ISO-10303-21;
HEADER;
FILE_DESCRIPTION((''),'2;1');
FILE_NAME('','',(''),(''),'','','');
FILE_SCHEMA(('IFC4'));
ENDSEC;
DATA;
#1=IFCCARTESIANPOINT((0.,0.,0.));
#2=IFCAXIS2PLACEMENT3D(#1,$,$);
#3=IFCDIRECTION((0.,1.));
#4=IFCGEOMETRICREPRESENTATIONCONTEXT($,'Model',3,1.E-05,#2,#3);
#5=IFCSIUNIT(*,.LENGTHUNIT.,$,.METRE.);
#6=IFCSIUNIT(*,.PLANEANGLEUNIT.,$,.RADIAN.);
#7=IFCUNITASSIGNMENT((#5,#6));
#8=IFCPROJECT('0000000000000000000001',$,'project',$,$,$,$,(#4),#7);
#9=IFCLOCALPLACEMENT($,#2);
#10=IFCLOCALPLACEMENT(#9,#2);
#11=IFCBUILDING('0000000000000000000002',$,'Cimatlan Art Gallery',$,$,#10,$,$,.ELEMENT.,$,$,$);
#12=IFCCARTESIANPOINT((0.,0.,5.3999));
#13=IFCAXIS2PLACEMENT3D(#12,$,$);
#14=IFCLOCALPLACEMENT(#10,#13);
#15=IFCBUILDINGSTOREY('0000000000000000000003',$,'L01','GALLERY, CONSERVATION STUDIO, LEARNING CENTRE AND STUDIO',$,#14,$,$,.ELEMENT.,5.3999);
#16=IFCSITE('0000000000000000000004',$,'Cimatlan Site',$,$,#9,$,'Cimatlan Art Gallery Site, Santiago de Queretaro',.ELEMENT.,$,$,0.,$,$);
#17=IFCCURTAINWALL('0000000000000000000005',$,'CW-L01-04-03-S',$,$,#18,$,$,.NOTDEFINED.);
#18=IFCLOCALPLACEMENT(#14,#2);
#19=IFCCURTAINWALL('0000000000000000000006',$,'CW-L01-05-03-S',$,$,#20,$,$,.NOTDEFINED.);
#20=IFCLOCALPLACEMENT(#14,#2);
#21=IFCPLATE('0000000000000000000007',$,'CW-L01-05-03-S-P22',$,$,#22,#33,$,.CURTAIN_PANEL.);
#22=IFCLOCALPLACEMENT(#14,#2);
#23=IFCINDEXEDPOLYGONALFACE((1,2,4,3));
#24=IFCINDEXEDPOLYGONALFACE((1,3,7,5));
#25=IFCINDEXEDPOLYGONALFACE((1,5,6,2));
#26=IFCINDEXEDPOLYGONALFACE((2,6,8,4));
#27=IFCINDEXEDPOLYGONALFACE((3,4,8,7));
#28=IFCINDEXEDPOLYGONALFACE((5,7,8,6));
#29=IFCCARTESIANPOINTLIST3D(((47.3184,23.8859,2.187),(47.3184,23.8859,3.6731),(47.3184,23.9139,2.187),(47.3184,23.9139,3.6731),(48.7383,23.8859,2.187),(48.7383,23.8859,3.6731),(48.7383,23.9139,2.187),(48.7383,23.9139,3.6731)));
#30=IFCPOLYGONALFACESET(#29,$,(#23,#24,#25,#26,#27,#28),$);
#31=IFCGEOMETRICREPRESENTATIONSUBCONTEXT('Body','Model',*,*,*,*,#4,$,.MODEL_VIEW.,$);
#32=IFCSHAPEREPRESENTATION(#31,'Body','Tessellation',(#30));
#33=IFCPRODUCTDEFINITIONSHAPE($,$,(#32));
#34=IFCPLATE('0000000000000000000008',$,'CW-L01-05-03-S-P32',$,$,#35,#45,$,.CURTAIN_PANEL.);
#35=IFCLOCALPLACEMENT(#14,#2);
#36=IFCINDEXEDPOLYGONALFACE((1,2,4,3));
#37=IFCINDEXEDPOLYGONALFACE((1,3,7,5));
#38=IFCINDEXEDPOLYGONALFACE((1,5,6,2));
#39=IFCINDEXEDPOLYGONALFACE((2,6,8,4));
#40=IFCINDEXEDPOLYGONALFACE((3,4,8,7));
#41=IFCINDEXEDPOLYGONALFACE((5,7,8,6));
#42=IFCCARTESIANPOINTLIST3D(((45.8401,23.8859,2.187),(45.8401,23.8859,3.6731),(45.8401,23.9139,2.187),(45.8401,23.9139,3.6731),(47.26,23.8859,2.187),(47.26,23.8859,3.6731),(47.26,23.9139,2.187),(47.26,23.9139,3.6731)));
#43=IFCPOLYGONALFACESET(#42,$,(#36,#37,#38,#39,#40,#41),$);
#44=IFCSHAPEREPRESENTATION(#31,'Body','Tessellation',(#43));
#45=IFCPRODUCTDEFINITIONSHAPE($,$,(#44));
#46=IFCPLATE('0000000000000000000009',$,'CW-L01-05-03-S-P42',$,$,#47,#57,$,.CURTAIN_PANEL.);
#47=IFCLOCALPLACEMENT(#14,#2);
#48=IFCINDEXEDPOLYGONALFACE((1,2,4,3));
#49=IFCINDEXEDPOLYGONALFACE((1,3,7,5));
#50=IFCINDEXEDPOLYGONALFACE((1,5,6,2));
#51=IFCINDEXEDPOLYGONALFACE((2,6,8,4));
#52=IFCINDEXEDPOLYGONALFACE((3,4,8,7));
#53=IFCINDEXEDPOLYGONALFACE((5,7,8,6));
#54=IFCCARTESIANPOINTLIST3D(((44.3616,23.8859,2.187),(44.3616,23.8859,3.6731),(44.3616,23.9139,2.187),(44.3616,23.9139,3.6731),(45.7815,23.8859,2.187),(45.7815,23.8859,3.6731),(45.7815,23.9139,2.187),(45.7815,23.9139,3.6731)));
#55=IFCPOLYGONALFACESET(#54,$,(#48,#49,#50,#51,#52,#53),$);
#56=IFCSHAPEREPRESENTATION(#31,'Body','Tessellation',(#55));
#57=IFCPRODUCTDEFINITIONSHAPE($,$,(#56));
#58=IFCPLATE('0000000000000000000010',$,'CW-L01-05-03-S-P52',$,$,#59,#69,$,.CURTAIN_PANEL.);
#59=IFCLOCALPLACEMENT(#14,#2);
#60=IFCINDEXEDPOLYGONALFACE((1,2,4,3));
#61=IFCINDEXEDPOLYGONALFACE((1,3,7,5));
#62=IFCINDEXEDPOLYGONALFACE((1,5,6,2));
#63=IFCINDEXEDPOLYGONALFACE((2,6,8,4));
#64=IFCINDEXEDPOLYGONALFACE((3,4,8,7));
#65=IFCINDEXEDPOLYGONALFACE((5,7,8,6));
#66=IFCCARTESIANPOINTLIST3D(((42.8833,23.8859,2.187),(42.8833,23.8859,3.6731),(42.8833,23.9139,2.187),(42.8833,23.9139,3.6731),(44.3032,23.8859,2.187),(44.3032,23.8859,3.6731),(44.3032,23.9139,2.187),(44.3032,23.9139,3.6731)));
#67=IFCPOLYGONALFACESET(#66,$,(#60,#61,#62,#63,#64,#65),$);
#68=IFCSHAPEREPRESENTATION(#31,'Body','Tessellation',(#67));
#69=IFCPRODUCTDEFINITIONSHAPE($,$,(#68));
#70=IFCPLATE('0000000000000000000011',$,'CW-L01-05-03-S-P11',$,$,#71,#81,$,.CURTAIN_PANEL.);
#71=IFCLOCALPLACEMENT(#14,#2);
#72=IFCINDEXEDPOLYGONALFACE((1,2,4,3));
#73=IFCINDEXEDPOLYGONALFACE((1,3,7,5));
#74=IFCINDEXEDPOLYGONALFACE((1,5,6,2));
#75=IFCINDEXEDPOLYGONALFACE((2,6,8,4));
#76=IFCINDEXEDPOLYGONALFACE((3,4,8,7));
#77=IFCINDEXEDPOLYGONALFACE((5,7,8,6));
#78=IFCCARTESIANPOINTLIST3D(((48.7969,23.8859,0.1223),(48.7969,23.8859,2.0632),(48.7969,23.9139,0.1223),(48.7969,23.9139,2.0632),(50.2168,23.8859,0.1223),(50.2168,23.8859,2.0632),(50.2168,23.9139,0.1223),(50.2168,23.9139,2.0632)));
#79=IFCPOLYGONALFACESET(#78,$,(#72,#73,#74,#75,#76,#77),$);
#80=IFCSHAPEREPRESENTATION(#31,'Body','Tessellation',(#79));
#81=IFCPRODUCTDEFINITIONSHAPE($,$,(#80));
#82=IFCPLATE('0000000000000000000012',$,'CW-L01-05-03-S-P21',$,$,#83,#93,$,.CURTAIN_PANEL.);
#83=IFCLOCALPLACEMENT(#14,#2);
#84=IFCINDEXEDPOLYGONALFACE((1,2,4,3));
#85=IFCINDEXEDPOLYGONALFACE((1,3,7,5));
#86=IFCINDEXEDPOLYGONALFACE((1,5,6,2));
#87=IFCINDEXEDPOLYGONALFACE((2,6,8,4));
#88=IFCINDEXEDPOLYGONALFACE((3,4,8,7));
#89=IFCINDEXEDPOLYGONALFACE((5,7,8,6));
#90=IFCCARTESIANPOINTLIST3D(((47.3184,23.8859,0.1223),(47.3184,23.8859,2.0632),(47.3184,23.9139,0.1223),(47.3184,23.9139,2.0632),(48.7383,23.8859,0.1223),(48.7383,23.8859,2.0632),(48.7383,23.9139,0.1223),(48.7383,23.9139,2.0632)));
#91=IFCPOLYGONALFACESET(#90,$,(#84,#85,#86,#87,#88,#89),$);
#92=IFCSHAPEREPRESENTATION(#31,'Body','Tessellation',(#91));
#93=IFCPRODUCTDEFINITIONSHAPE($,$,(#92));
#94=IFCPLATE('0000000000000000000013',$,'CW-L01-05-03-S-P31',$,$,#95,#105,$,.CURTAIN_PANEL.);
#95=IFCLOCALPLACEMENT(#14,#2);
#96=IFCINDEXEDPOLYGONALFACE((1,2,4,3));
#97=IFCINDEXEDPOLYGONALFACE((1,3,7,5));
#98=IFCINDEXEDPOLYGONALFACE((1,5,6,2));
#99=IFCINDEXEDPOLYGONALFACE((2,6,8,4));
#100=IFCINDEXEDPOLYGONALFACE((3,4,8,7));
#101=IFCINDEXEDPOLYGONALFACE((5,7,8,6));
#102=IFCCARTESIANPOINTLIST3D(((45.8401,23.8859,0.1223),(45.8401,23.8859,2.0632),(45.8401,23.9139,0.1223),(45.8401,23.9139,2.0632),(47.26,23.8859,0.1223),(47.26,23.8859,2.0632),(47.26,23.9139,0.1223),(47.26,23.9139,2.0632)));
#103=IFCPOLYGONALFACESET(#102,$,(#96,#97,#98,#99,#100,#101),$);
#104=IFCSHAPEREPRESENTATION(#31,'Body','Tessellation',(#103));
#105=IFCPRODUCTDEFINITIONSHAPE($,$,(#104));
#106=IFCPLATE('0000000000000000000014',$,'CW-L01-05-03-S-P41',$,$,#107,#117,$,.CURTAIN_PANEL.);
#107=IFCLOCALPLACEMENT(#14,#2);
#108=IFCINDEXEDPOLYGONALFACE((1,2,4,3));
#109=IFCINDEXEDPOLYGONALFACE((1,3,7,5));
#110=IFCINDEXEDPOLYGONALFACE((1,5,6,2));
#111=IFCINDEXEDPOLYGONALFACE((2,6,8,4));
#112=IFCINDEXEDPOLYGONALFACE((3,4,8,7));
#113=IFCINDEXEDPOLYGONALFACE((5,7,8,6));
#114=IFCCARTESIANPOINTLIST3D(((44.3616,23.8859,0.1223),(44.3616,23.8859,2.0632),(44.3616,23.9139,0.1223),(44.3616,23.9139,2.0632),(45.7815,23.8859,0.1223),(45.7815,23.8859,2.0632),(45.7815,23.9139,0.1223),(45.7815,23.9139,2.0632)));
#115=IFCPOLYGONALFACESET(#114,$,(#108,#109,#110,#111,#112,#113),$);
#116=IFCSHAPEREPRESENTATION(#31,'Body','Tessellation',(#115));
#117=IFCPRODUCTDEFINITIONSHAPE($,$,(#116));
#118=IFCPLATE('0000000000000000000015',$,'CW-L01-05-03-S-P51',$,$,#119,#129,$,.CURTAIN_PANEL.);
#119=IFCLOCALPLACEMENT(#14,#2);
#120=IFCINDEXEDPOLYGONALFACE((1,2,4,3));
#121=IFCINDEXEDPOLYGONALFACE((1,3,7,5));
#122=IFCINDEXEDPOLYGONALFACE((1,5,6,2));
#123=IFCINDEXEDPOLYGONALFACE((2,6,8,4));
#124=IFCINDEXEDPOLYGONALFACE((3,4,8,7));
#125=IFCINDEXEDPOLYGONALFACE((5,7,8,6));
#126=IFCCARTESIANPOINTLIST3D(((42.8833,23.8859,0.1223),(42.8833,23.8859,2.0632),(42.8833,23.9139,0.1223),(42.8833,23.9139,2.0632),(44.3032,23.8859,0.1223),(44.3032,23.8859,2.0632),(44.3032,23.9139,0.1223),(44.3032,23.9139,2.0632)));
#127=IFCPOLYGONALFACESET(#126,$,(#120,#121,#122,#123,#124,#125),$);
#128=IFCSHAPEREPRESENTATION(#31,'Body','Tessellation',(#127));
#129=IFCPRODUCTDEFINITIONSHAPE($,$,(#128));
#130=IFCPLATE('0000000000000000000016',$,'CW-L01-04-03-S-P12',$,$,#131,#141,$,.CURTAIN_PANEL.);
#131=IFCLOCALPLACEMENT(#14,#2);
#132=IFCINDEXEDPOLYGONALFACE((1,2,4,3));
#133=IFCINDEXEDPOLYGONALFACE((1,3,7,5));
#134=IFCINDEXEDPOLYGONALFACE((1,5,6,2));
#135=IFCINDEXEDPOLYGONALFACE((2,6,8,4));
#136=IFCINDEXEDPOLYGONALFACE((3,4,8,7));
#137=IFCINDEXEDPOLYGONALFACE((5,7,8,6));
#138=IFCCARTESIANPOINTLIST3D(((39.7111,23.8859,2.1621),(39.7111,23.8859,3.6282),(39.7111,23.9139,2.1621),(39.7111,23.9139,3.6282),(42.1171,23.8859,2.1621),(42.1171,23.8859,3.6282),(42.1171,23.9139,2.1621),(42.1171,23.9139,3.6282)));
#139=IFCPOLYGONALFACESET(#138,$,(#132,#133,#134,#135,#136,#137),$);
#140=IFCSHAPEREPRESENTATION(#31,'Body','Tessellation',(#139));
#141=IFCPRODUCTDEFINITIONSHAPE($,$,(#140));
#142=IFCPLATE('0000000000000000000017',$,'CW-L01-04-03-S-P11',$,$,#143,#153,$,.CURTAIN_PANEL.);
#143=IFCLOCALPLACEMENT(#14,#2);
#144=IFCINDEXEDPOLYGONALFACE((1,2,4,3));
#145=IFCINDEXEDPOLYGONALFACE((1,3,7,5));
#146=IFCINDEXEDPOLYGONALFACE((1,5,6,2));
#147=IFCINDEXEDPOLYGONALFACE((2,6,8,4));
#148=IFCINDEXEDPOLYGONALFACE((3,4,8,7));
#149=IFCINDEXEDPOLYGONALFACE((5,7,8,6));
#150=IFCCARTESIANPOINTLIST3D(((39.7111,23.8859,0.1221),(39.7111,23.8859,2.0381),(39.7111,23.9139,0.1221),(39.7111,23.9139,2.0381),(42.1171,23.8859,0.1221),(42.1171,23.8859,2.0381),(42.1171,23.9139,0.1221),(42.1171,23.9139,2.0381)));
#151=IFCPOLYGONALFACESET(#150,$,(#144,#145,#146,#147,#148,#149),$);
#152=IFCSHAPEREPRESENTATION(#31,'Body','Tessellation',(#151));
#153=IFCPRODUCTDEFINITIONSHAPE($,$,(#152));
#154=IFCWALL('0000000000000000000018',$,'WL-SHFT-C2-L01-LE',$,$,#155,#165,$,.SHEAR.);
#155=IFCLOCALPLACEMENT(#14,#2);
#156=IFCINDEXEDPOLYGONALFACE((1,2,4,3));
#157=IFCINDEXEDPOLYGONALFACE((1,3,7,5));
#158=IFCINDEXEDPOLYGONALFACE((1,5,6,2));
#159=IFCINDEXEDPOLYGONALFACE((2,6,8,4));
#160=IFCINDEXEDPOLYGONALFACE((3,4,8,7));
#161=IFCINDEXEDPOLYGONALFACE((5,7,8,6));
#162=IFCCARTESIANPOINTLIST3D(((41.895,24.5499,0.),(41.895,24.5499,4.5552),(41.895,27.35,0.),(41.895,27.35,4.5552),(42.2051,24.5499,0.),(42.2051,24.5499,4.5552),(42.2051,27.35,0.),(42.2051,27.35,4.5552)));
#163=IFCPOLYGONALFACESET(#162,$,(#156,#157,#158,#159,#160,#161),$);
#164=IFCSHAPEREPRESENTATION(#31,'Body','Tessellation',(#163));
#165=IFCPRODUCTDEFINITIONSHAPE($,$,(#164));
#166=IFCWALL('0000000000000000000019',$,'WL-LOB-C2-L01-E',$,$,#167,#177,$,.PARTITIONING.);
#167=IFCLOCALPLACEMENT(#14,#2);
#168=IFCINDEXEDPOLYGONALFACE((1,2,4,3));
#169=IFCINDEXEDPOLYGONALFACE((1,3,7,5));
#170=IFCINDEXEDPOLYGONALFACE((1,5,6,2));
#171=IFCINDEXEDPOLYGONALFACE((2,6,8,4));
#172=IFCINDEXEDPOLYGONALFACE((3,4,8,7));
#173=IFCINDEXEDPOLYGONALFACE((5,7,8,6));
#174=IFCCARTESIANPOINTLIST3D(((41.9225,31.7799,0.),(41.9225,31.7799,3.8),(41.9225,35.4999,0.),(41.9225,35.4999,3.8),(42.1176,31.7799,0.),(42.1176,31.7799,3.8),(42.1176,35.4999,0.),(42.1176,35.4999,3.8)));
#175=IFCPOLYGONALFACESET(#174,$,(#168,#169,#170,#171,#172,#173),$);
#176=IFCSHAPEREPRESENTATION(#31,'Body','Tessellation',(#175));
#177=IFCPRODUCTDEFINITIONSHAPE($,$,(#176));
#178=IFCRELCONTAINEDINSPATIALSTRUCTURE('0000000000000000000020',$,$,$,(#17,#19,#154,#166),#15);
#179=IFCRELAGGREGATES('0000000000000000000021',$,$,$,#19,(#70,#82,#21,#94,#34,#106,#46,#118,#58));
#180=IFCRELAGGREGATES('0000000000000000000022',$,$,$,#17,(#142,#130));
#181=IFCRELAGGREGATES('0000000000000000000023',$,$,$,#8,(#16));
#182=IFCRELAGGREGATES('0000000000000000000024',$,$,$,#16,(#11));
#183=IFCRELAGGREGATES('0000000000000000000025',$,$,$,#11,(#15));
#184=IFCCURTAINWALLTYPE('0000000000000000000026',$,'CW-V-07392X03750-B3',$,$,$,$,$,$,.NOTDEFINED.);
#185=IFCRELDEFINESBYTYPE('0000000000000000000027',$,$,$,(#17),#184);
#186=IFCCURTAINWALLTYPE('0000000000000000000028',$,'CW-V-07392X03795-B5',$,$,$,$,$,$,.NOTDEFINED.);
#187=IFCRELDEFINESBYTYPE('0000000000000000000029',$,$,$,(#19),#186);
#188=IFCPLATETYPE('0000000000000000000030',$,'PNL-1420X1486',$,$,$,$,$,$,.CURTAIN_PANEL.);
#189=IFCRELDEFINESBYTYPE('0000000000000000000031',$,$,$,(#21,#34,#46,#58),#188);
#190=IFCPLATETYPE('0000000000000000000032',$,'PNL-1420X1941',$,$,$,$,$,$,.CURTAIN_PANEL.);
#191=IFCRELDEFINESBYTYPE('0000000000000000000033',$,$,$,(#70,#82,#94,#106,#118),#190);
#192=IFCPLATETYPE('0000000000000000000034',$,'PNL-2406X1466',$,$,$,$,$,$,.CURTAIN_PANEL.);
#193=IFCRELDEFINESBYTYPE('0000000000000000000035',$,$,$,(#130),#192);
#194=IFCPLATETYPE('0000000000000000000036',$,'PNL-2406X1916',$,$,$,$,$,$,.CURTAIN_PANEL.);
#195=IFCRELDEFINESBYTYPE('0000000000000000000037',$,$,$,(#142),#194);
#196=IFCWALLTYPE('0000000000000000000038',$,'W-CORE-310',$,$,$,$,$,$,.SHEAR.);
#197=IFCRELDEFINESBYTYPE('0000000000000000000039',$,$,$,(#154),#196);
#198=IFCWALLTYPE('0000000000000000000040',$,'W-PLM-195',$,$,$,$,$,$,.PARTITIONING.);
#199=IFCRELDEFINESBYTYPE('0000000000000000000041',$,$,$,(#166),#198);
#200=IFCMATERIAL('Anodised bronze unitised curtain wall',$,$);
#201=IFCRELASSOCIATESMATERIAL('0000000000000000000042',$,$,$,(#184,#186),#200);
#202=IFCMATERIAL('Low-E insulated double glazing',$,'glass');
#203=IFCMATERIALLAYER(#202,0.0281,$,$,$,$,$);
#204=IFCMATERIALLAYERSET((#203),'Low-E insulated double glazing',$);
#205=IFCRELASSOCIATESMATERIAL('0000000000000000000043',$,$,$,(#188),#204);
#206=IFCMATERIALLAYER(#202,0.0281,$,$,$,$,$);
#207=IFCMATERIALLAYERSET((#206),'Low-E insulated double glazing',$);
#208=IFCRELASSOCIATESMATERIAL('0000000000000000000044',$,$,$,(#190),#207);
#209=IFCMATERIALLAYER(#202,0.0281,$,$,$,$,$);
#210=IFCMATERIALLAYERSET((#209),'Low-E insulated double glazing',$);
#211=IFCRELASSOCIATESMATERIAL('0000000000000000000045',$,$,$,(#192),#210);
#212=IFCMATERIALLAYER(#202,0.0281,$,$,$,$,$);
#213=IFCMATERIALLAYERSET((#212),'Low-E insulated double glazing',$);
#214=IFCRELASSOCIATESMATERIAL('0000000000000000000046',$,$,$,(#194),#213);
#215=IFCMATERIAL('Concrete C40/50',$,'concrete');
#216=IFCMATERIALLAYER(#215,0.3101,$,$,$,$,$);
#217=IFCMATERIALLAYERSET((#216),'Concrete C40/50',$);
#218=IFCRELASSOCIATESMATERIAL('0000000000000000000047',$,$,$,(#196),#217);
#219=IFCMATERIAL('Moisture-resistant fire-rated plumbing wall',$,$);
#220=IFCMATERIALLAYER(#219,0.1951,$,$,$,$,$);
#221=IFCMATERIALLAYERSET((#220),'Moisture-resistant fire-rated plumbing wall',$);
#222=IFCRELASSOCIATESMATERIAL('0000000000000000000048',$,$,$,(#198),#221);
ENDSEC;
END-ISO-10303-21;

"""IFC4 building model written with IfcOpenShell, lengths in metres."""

from ifc_helpers import new_model, si_unit, direction, frame, frame_2d, origin, origin_2d, place, context, subcontext, project, spatial, rectangle, extrude, material, layer, layer_set, type_object, element, aggregate, save


model = new_model("IFC4")

# Units and contexts
model_context = context("Model", 3, precision=1e-05, world=origin(), true_north=direction((0.0, 1.0)))
body_context = subcontext(model_context, "Body", "Model", "MODEL_VIEW")
ifc_project = project(units=[si_unit("LENGTHUNIT", "METRE"), si_unit("PLANEANGLEUNIT", "RADIAN")], contexts=[model_context])

# Site, building, storey
site_placement = place(None, origin())
site = spatial("IfcSite", under=ifc_project, at=site_placement, Name="Cimatlan Site", LongName="Cimatlan Art Gallery Site, Santiago de Queretaro", CompositionType="ELEMENT", RefElevation=0.0)
building_placement = place(site_placement, origin())
building = spatial("IfcBuilding", under=site, at=building_placement, Name="Cimatlan Art Gallery", CompositionType="ELEMENT")
storey_placement = place(building_placement, frame((0.0, 0.0, 5.3999)))
storey = spatial("IfcBuildingStorey", under=building, at=storey_placement, Name="L01", Description="GALLERY, CONSERVATION STUDIO, LEARNING CENTRE AND STUDIO", CompositionType="ELEMENT", Elevation=5.3999)

# Shared definitions
ifc_material_1 = material(Name="Concrete C40/50", Category="concrete")

# Curtain wall
ifc_material_2 = material(Name="Anodised bronze unitised curtain wall")
curtain_wall_type_1 = type_object("IfcCurtainWallType", Name="CW-V-07392X03750-B3", PredefinedType="NOTDEFINED", material=ifc_material_2)
curtain_wall_1_placement = place(storey_placement, origin())
curtain_wall_1 = element("IfcCurtainWall", 1, at=curtain_wall_1_placement, inside=storey, type_object=curtain_wall_type_1, Name="CW-L01-04-03-S", PredefinedType="NOTDEFINED")

# Curtain wall
curtain_wall_type_2 = type_object("IfcCurtainWallType", Name="CW-V-07392X03795-B5", PredefinedType="NOTDEFINED", material=ifc_material_2)
curtain_wall_2_placement = place(storey_placement, origin())
curtain_wall_2 = element("IfcCurtainWall", 2, at=curtain_wall_2_placement, inside=storey, type_object=curtain_wall_type_2, Name="CW-L01-05-03-S", PredefinedType="NOTDEFINED")

# Plates
ifc_material_3 = material(Name="Low-E insulated double glazing", Category="glass")
ifc_layer_1 = layer(ifc_material_3, 0.0281)
ifc_layer_set_1 = layer_set([ifc_layer_1], Name="Low-E insulated double glazing")
plate_type_1 = type_object("IfcPlateType", Name="PNL-1420X1486", PredefinedType="CURTAIN_PANEL", material=ifc_layer_set_1)
plate_1_placement = place(storey_placement, frame((48.0283, 23.8999, 2.187), z_axis=(0.0, 0.0, 1.0), x_axis=(-1.0, 0.0, 0.0)))
plate_1 = element("IfcPlate", 3, at=plate_1_placement, type_object=plate_type_1, Name="CW-L01-05-03-S-P22", PredefinedType="CURTAIN_PANEL", context=body_context, shape_type="SweptSolid", body=[
    extrude(rectangle(XDim=1.4199, YDim=0.0281, at=origin_2d()), origin(), (0.0, 0.0, 1.0), 1.4861),
])
plate_2_placement = place(storey_placement, frame((46.55, 23.8999, 2.187), z_axis=(0.0, 0.0, 1.0), x_axis=(-1.0, 0.0, 0.0)))
plate_2 = element("IfcPlate", 4, at=plate_2_placement, type_object=plate_type_1, Name="CW-L01-05-03-S-P32", PredefinedType="CURTAIN_PANEL", context=body_context, shape_type="SweptSolid", body=[
    extrude(rectangle(XDim=1.4199, YDim=0.0281, at=origin_2d()), origin(), (0.0, 0.0, 1.0), 1.4861),
])
plate_3_placement = place(storey_placement, frame((45.0715, 23.8999, 2.187), z_axis=(0.0, 0.0, 1.0), x_axis=(-1.0, 0.0, 0.0)))
plate_3 = element("IfcPlate", 5, at=plate_3_placement, type_object=plate_type_1, Name="CW-L01-05-03-S-P42", PredefinedType="CURTAIN_PANEL", context=body_context, shape_type="SweptSolid", body=[
    extrude(rectangle(XDim=1.4199, YDim=0.0281, at=origin_2d()), origin(), (0.0, 0.0, 1.0), 1.4861),
])
plate_4_placement = place(storey_placement, frame((43.5933, 23.8999, 2.187), z_axis=(0.0, 0.0, 1.0), x_axis=(-1.0, 0.0, 0.0)))
plate_4 = element("IfcPlate", 6, at=plate_4_placement, type_object=plate_type_1, Name="CW-L01-05-03-S-P52", PredefinedType="CURTAIN_PANEL", context=body_context, shape_type="SweptSolid", body=[
    extrude(rectangle(XDim=1.4199, YDim=0.0281, at=origin_2d()), origin(), (0.0, 0.0, 1.0), 1.4861),
])
ifc_layer_2 = layer(ifc_material_3, 0.0281)
ifc_layer_set_2 = layer_set([ifc_layer_2], Name="Low-E insulated double glazing")
plate_type_2 = type_object("IfcPlateType", Name="PNL-1420X1941", PredefinedType="CURTAIN_PANEL", material=ifc_layer_set_2)
plate_5_placement = place(storey_placement, frame((49.5068, 23.8999, 0.1223), z_axis=(0.0, 0.0, 1.0), x_axis=(-1.0, 0.0, 0.0)))
plate_5 = element("IfcPlate", 7, at=plate_5_placement, type_object=plate_type_2, Name="CW-L01-05-03-S-P11", PredefinedType="CURTAIN_PANEL", context=body_context, shape_type="SweptSolid", body=[
    extrude(rectangle(XDim=1.4199, YDim=0.0281, at=origin_2d()), origin(), (0.0, 0.0, 1.0), 1.9409),
])
plate_6_placement = place(storey_placement, frame((48.0283, 23.8999, 0.1223), z_axis=(0.0, 0.0, 1.0), x_axis=(-1.0, 0.0, 0.0)))
plate_6 = element("IfcPlate", 8, at=plate_6_placement, type_object=plate_type_2, Name="CW-L01-05-03-S-P21", PredefinedType="CURTAIN_PANEL", context=body_context, shape_type="SweptSolid", body=[
    extrude(rectangle(XDim=1.4199, YDim=0.0281, at=origin_2d()), origin(), (0.0, 0.0, 1.0), 1.9409),
])
plate_7_placement = place(storey_placement, frame((46.55, 23.8999, 0.1223), z_axis=(0.0, 0.0, 1.0), x_axis=(-1.0, 0.0, 0.0)))
plate_7 = element("IfcPlate", 9, at=plate_7_placement, type_object=plate_type_2, Name="CW-L01-05-03-S-P31", PredefinedType="CURTAIN_PANEL", context=body_context, shape_type="SweptSolid", body=[
    extrude(rectangle(XDim=1.4199, YDim=0.0281, at=origin_2d()), origin(), (0.0, 0.0, 1.0), 1.9409),
])
plate_8_placement = place(storey_placement, frame((45.0715, 23.8999, 0.1223), z_axis=(0.0, 0.0, 1.0), x_axis=(-1.0, 0.0, 0.0)))
plate_8 = element("IfcPlate", 10, at=plate_8_placement, type_object=plate_type_2, Name="CW-L01-05-03-S-P41", PredefinedType="CURTAIN_PANEL", context=body_context, shape_type="SweptSolid", body=[
    extrude(rectangle(XDim=1.4199, YDim=0.0281, at=origin_2d()), origin(), (0.0, 0.0, 1.0), 1.9409),
])
plate_9_placement = place(storey_placement, frame((43.5933, 23.8999, 0.1223), z_axis=(0.0, 0.0, 1.0), x_axis=(-1.0, 0.0, 0.0)))
plate_9 = element("IfcPlate", 11, at=plate_9_placement, type_object=plate_type_2, Name="CW-L01-05-03-S-P51", PredefinedType="CURTAIN_PANEL", context=body_context, shape_type="SweptSolid", body=[
    extrude(rectangle(XDim=1.4199, YDim=0.0281, at=origin_2d()), origin(), (0.0, 0.0, 1.0), 1.9409),
])
aggregate(curtain_wall_2, [plate_5, plate_6, plate_1, plate_7, plate_2, plate_8, plate_3, plate_9, plate_4])
ifc_layer_3 = layer(ifc_material_3, 0.0281)
ifc_layer_set_3 = layer_set([ifc_layer_3], Name="Low-E insulated double glazing")
plate_type_3 = type_object("IfcPlateType", Name="PNL-2406X1466", PredefinedType="CURTAIN_PANEL", material=ifc_layer_set_3)
plate_10_placement = place(storey_placement, frame((40.9141, 23.8999, 2.1621), z_axis=(0.0, 0.0, 1.0), x_axis=(-1.0, 0.0, 0.0)))
plate_10 = element("IfcPlate", 12, at=plate_10_placement, type_object=plate_type_3, Name="CW-L01-04-03-S-P12", PredefinedType="CURTAIN_PANEL", context=body_context, shape_type="SweptSolid", body=[
    extrude(rectangle(XDim=2.406, YDim=0.0281, at=origin_2d()), origin(), (0.0, 0.0, 1.0), 1.4661),
])
ifc_layer_4 = layer(ifc_material_3, 0.0281)
ifc_layer_set_4 = layer_set([ifc_layer_4], Name="Low-E insulated double glazing")
plate_type_4 = type_object("IfcPlateType", Name="PNL-2406X1916", PredefinedType="CURTAIN_PANEL", material=ifc_layer_set_4)
plate_11_placement = place(storey_placement, frame((40.9141, 23.8999, 0.1221), z_axis=(0.0, 0.0, 1.0), x_axis=(-1.0, 0.0, 0.0)))
plate_11 = element("IfcPlate", 13, at=plate_11_placement, type_object=plate_type_4, Name="CW-L01-04-03-S-P11", PredefinedType="CURTAIN_PANEL", context=body_context, shape_type="SweptSolid", body=[
    extrude(rectangle(XDim=2.406, YDim=0.0281, at=origin_2d()), origin(), (0.0, 0.0, 1.0), 1.916),
])
aggregate(curtain_wall_1, [plate_11, plate_10])

# Walls
ifc_layer_5 = layer(ifc_material_1, 0.3101)
ifc_layer_set_5 = layer_set([ifc_layer_5], Name="Concrete C40/50")
wall_type_1 = type_object("IfcWallType", Name="W-CORE-310", PredefinedType="SHEAR", material=ifc_layer_set_5)
wall_1_placement = place(storey_placement, frame((42.05, 24.55, 0.0), z_axis=(0.0, 0.0, 1.0), x_axis=(0.0, 1.0, 0.0)))
element("IfcWall", 14, at=wall_1_placement, inside=storey, type_object=wall_type_1, Name="WL-SHFT-C2-L01-LE", PredefinedType="SHEAR", context=body_context, shape_type="SweptSolid", body=[
    extrude(rectangle(XDim=2.8, YDim=0.3101, at=frame_2d((1.3999, 0.0))), origin(), (0.0, 0.0, 1.0), 4.5552),
])
ifc_material_4 = material(Name="Moisture-resistant fire-rated plumbing wall")
ifc_layer_6 = layer(ifc_material_4, 0.1951)
ifc_layer_set_6 = layer_set([ifc_layer_6], Name="Moisture-resistant fire-rated plumbing wall")
wall_type_2 = type_object("IfcWallType", Name="W-PLM-195", PredefinedType="PARTITIONING", material=ifc_layer_set_6)
wall_2_placement = place(storey_placement, frame((42.02, 31.78, 0.0), z_axis=(0.0, 0.0, 1.0), x_axis=(0.0, 1.0, 0.0)))
element("IfcWall", 15, at=wall_2_placement, inside=storey, type_object=wall_type_2, Name="WL-LOB-C2-L01-E", PredefinedType="PARTITIONING", context=body_context, shape_type="SweptSolid", body=[
    extrude(rectangle(XDim=3.72, YDim=0.1951, at=frame_2d((1.8599, 0.0))), origin(), (0.0, 0.0, 1.0), 3.8),
])

save(model, "model.ifc")
